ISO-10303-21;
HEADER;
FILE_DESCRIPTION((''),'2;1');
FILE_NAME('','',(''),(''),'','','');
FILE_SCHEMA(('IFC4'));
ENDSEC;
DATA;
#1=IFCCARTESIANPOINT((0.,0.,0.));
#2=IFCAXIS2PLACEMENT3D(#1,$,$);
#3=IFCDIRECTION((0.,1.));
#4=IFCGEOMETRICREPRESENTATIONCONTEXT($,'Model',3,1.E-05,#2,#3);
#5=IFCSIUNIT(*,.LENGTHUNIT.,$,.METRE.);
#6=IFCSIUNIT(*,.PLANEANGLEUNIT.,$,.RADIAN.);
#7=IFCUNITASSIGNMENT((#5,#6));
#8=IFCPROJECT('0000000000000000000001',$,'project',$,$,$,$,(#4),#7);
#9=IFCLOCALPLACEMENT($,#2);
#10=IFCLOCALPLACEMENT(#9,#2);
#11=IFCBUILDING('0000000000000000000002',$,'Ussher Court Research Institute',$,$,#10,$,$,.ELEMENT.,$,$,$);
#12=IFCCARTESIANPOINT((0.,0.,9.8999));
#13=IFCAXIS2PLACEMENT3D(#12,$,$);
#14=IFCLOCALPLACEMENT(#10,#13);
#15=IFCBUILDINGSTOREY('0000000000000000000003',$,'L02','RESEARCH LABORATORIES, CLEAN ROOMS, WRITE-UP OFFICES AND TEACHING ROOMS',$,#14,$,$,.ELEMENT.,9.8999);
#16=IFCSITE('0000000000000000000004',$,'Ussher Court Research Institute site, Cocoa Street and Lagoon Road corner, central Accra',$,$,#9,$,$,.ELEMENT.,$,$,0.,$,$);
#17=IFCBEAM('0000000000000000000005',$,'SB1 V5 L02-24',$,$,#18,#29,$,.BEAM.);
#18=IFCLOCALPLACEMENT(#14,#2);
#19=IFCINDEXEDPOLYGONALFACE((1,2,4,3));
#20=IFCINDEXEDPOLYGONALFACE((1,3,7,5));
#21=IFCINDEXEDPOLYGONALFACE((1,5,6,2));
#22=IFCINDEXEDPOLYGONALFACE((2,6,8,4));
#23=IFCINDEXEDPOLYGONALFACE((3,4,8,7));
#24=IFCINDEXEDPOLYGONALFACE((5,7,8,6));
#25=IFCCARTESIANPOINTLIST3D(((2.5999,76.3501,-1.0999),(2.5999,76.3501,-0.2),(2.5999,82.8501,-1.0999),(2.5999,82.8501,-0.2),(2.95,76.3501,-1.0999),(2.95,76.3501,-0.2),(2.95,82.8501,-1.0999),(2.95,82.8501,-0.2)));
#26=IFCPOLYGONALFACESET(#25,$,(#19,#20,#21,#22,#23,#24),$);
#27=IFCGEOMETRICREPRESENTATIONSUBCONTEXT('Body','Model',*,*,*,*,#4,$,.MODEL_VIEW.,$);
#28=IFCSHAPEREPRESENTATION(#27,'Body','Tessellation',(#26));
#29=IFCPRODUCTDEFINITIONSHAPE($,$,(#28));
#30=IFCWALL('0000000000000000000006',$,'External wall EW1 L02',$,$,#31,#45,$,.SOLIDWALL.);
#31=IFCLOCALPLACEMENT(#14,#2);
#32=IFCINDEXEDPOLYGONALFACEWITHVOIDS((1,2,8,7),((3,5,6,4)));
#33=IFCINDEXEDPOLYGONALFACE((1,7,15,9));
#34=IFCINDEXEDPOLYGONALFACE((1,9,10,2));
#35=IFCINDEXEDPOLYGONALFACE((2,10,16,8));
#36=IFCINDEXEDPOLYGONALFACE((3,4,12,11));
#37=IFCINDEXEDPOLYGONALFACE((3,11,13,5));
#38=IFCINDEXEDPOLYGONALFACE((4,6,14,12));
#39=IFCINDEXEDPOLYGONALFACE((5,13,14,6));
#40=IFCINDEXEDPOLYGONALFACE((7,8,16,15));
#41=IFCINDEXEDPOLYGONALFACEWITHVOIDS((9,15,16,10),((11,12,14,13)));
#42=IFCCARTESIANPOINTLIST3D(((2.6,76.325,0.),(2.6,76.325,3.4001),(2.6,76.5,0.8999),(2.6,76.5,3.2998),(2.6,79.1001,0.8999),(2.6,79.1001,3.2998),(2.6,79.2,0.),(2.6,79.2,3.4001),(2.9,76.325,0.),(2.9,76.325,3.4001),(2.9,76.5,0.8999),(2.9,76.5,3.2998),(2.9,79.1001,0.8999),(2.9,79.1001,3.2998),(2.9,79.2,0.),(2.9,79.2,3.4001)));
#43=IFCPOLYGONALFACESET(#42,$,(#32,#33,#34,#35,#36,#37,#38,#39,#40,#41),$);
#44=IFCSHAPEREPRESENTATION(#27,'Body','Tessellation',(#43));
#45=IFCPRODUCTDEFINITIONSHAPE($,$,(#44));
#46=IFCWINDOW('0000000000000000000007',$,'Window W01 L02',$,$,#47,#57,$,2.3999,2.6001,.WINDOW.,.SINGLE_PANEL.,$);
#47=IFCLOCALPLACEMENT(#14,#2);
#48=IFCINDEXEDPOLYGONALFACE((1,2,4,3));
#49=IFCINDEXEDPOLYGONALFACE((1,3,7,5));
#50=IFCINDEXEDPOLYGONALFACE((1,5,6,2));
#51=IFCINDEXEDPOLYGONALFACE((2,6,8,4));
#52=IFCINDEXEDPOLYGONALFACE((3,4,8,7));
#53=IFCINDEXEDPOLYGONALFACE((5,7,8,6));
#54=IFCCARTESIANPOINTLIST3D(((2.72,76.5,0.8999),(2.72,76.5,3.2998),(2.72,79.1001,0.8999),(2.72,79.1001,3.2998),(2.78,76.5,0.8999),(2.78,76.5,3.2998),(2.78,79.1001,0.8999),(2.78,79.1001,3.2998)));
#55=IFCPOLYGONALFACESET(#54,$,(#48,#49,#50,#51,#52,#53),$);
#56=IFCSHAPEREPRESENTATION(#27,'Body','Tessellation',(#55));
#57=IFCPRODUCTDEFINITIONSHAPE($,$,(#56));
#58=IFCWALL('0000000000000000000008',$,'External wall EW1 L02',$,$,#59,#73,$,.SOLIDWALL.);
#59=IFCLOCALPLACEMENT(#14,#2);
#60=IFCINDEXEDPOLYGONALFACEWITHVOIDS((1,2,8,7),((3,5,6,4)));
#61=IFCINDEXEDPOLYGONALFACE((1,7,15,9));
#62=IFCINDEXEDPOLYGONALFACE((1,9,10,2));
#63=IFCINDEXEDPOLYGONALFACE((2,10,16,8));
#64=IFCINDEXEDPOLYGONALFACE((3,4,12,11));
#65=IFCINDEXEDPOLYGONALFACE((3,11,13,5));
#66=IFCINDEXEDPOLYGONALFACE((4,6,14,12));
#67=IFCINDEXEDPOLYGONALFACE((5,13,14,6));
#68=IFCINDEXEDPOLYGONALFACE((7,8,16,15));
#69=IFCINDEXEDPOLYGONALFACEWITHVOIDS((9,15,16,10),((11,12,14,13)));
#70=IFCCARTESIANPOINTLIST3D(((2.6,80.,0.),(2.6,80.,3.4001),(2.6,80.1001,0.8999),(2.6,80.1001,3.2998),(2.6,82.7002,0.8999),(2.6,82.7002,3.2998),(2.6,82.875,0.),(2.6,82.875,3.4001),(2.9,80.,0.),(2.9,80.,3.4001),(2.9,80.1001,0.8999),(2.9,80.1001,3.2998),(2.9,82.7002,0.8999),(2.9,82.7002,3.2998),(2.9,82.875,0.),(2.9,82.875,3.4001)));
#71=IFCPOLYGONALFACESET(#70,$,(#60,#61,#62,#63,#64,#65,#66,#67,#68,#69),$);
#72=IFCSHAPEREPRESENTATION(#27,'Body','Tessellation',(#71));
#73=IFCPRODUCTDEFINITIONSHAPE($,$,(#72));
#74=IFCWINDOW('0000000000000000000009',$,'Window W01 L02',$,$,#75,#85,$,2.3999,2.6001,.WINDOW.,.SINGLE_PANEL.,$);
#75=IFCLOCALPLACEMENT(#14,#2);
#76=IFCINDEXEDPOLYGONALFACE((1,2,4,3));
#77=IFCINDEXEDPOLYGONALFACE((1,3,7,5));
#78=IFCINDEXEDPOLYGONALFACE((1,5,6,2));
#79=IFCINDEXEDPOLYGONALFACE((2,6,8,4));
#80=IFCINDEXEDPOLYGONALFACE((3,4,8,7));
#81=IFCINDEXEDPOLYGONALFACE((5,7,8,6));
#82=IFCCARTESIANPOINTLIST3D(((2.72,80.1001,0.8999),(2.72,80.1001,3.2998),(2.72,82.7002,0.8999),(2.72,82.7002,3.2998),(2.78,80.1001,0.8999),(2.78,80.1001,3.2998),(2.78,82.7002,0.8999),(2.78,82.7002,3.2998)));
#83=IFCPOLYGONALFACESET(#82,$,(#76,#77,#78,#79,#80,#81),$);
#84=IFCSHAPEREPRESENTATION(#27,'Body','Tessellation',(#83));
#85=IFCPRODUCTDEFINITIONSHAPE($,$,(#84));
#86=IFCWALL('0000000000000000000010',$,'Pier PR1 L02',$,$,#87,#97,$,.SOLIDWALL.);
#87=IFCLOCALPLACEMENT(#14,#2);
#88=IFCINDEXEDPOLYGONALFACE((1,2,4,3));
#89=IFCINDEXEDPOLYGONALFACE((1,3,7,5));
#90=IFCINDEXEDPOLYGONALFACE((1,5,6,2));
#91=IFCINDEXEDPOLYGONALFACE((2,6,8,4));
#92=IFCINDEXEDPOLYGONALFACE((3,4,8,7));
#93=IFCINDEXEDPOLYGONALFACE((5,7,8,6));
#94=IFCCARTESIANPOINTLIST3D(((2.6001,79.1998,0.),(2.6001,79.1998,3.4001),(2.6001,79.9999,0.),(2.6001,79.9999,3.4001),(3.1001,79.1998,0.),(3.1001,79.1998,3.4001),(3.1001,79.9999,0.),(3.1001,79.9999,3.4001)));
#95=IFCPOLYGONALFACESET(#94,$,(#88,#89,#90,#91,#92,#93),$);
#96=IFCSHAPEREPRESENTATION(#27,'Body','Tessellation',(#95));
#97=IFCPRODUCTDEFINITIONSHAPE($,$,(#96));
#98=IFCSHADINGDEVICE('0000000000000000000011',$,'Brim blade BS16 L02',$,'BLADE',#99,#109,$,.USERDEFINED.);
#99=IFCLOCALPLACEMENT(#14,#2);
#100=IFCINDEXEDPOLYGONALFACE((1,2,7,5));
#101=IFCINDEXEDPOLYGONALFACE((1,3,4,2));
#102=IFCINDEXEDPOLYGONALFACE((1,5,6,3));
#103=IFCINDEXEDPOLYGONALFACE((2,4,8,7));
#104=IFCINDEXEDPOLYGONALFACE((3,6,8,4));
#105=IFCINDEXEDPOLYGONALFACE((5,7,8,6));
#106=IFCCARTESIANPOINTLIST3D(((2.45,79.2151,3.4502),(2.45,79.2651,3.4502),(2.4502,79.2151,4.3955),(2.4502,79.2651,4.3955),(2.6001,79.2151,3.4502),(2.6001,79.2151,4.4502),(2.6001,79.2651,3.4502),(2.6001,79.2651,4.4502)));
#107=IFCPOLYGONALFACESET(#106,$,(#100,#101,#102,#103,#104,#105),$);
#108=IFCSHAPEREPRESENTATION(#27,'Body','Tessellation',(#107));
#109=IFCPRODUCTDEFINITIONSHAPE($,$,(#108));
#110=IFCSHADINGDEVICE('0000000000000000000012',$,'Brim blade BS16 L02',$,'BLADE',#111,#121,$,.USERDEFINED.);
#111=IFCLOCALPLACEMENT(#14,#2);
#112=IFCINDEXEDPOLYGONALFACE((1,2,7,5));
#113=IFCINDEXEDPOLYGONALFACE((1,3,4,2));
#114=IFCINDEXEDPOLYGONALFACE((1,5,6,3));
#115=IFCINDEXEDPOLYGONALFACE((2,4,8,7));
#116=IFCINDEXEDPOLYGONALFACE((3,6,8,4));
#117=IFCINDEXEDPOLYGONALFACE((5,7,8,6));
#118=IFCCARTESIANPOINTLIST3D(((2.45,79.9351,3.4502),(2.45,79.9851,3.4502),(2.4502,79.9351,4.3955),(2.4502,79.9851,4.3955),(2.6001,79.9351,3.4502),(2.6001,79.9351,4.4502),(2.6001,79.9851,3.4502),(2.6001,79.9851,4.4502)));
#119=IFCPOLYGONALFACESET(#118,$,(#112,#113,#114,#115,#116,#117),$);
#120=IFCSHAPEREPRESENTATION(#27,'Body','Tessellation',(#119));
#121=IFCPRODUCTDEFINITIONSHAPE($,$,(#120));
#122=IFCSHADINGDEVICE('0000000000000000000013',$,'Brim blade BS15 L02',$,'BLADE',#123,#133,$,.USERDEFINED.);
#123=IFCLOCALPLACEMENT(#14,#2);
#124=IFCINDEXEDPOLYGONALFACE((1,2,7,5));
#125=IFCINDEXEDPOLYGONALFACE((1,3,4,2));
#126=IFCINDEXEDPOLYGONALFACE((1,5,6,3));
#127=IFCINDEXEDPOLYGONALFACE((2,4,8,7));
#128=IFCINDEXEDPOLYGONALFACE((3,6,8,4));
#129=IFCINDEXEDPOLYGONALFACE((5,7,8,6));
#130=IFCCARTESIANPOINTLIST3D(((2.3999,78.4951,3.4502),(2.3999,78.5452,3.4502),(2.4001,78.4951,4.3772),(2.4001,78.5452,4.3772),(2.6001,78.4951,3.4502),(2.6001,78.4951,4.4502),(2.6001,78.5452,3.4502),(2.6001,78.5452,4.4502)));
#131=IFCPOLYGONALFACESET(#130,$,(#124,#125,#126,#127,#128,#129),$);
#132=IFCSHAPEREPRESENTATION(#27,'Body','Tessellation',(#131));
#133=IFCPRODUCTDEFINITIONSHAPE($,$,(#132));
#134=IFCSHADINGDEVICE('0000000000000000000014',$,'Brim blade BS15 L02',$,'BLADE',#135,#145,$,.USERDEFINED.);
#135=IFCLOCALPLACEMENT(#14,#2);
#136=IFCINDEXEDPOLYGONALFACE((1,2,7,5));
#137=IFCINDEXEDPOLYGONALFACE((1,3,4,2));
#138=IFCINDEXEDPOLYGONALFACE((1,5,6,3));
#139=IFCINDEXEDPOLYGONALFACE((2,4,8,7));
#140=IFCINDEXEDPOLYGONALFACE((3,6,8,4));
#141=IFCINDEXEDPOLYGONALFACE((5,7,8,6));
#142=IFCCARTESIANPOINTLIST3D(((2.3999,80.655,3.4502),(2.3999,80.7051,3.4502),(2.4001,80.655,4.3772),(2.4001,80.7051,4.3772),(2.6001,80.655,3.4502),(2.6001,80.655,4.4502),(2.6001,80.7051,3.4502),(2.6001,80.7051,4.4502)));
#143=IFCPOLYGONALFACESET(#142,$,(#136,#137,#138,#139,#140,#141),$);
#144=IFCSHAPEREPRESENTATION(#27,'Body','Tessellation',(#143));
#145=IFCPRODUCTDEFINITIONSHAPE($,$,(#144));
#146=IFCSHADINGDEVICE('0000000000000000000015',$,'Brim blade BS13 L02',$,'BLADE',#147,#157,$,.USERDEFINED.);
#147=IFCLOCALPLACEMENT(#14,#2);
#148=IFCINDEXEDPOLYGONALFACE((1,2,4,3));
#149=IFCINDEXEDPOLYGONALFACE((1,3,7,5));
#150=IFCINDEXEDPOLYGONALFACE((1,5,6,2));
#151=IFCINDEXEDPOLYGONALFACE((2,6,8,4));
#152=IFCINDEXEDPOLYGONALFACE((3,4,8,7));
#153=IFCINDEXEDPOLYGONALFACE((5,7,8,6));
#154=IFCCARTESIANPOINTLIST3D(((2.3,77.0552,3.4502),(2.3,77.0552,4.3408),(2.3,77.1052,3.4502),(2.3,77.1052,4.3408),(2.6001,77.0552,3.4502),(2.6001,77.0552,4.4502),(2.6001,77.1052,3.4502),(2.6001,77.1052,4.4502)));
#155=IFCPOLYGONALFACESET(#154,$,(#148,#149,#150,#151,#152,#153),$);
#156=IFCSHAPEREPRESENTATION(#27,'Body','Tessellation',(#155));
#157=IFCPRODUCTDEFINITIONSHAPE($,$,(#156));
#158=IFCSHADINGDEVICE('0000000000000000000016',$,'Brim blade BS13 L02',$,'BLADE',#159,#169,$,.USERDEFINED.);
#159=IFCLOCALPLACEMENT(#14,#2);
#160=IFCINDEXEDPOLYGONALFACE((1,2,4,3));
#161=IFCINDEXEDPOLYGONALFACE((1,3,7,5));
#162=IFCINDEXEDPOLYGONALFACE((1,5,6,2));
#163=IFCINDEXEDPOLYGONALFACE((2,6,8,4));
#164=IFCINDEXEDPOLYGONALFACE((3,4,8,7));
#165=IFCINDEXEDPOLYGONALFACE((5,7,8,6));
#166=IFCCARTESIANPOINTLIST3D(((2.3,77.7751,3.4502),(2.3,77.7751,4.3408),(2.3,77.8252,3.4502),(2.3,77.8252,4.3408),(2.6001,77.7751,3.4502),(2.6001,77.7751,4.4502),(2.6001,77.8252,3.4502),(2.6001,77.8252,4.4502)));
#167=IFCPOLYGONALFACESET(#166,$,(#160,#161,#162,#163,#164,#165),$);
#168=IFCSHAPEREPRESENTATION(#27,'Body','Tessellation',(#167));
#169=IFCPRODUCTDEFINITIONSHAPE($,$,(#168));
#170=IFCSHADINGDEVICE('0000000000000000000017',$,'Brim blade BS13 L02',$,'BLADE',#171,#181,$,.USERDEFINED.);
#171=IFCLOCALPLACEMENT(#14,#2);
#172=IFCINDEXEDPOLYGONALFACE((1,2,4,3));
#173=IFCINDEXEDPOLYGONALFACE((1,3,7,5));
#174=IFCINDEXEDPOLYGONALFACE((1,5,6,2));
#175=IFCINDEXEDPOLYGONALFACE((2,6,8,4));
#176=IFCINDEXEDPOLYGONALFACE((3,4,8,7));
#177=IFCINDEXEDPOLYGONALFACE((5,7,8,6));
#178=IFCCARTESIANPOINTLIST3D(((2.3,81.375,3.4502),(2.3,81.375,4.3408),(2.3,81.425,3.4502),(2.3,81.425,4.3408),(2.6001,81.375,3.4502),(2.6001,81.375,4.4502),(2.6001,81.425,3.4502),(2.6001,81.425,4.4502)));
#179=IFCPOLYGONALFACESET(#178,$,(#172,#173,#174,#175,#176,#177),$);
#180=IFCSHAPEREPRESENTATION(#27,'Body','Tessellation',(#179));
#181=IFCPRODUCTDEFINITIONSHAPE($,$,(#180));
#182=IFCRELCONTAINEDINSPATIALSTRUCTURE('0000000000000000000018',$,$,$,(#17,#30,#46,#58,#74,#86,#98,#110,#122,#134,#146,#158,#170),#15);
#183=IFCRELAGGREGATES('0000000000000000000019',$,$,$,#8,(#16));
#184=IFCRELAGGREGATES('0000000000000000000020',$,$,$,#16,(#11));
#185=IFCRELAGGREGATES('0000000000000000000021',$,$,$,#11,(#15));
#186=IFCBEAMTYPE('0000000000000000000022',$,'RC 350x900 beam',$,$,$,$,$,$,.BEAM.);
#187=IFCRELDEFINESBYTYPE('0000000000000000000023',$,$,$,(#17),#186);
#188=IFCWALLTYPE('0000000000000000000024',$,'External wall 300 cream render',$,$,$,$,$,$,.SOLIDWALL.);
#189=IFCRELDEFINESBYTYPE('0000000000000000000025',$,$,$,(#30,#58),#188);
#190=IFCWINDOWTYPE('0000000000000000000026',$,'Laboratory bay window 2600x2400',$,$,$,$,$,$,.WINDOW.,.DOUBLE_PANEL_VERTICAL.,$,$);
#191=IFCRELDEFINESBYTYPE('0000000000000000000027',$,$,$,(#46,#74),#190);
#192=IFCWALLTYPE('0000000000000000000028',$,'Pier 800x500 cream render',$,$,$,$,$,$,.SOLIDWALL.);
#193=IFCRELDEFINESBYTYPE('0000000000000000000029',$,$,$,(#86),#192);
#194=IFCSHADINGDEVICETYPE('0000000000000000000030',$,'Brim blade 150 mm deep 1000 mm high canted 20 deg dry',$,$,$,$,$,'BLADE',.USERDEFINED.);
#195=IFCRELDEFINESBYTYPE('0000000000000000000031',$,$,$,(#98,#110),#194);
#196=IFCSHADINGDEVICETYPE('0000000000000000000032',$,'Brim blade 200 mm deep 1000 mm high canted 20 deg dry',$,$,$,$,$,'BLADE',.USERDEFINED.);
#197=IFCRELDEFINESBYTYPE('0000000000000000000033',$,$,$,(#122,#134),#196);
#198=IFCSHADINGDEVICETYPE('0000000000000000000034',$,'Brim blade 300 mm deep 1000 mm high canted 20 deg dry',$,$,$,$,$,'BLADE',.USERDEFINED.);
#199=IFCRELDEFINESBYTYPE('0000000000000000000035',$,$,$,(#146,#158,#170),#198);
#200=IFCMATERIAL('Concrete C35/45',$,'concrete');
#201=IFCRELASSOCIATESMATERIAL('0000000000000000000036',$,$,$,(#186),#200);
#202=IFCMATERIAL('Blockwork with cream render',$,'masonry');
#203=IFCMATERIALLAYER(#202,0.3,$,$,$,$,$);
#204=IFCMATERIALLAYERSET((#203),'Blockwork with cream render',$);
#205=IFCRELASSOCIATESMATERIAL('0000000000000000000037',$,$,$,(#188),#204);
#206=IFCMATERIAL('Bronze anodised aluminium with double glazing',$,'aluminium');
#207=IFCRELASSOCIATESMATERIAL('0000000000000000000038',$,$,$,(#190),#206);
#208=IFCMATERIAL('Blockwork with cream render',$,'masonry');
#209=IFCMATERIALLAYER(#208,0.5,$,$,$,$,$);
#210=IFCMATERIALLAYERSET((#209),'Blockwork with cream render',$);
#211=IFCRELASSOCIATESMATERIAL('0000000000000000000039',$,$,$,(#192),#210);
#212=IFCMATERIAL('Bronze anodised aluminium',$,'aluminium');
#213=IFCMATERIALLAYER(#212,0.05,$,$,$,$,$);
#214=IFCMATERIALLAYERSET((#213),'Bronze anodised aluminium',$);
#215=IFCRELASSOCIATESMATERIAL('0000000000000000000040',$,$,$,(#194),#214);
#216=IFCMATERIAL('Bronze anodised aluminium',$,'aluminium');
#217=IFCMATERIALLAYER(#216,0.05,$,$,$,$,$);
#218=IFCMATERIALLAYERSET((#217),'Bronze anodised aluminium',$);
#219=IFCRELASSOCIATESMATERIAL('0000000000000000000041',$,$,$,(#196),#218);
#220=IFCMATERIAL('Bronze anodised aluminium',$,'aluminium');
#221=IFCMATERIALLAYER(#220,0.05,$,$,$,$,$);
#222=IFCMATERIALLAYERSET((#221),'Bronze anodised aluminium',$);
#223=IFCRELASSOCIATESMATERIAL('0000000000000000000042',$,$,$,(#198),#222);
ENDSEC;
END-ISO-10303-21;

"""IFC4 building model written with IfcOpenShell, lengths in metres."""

from ifc_helpers import new_model, si_unit, direction, frame, frame_2d, origin, origin_2d, place, context, subcontext, project, spatial, polyline, rectangle, outline, extrude, material, layer, layer_set, material_profile, profile_set, type_object, element, fill, save


model = new_model("IFC4")

# Units and contexts
model_context = context("Model", 3, precision=1e-05, world=origin(), true_north=direction((0.0, 1.0)))
body_context = subcontext(model_context, "Body", "Model", "MODEL_VIEW")
ifc_project = project(units=[si_unit("LENGTHUNIT", "METRE"), si_unit("PLANEANGLEUNIT", "RADIAN")], contexts=[model_context])

# Site, building, storey
site_placement = place(None, origin())
site = spatial("IfcSite", under=ifc_project, at=site_placement, Name="Ussher Court Research Institute site, Cocoa Street and Lagoon Road corner, central Accra", CompositionType="ELEMENT", RefElevation=0.0)
building_placement = place(site_placement, origin())
building = spatial("IfcBuilding", under=site, at=building_placement, Name="Ussher Court Research Institute", CompositionType="ELEMENT")
storey_placement = place(building_placement, frame((0.0, 0.0, 9.8999)))
storey = spatial("IfcBuildingStorey", under=building, at=storey_placement, Name="L02", Description="RESEARCH LABORATORIES, CLEAN ROOMS, WRITE-UP OFFICES AND TEACHING ROOMS", CompositionType="ELEMENT", Elevation=9.8999)

# Beam
ifc_material_1 = material(Name="Concrete C35/45", Category="concrete")
ifc_material_profile = material_profile(ifc_material_1, rectangle(XDim=0.3501, YDim=0.8999, at=origin_2d()), Name="RC 350x900")
ifc_profile_set = profile_set([ifc_material_profile], Name="Concrete C35/45")
beam_type = type_object("IfcBeamType", Name="RC 350x900 beam", PredefinedType="BEAM", material=ifc_profile_set)
beam_placement = place(storey_placement, frame((2.7749, 76.3501, -0.6499), z_axis=(0.0, 1.0, 0.0), x_axis=(-1.0, 0.0, 0.0)))
element("IfcBeam", 1, at=beam_placement, inside=storey, type_object=beam_type, Name="SB1 V5 L02-24", PredefinedType="BEAM", context=body_context, shape_type="SweptSolid", body=[
    extrude(rectangle(XDim=0.3501, YDim=0.8999, at=origin_2d()), origin(), (0.0, 0.0, 1.0), 6.5),
])

# Walls, openings, windows
ifc_material_2 = material(Name="Blockwork with cream render", Category="masonry")
ifc_layer_1 = layer(ifc_material_2, 0.3)
ifc_layer_set_1 = layer_set([ifc_layer_1], Name="Blockwork with cream render")
wall_type_1 = type_object("IfcWallType", Name="External wall 300 cream render", PredefinedType="SOLIDWALL", material=ifc_layer_set_1)
wall_1_placement = place(storey_placement, frame((2.75, 76.325, 0.0), z_axis=(0.0, 0.0, 1.0), x_axis=(0.0, 1.0, 0.0)))
wall_1 = element("IfcWall", 2, at=wall_1_placement, inside=storey, type_object=wall_type_1, Name="External wall EW1 L02", PredefinedType="SOLIDWALL", context=body_context, shape_type="SweptSolid", body=[
    extrude(rectangle(XDim=2.875, YDim=0.3, at=frame_2d((1.4375, 0.0))), origin(), (0.0, 0.0, 1.0), 3.4001),
])
opening_1_placement = place(wall_1_placement, frame((0.175, 0.0, 0.8999)))
opening_1 = element("IfcOpeningElement", 3, at=opening_1_placement, cuts=wall_1, PredefinedType="OPENING", context=body_context, shape_type="SweptSolid", body=[
    extrude(rectangle(XDim=2.6001, YDim=2.3999, at=frame_2d((1.3, 1.2))), frame((0.0, 0.1602, 0.0), z_axis=(0.0, -1.0, 0.0), x_axis=(1.0, 0.0, 0.0)), (0.0, 0.0, 1.0), 0.3201),
])
ifc_material_3 = material(Name="Bronze anodised aluminium with double glazing", Category="aluminium")
window_type = type_object("IfcWindowType", Name="Laboratory bay window 2600x2400", PartitioningType="DOUBLE_PANEL_VERTICAL", PredefinedType="WINDOW", material=ifc_material_3)
window_1_placement = place(opening_1_placement, origin())
window_1 = element("IfcWindow", 4, at=window_1_placement, inside=storey, type_object=window_type, Name="Window W01 L02", OverallHeight=2.3999, OverallWidth=2.6001, PartitioningType="SINGLE_PANEL", PredefinedType="WINDOW", context=body_context, shape_type="SweptSolid", body=[
    extrude(rectangle(XDim=2.6001, YDim=2.3999, at=frame_2d((1.3, 1.2))), frame((0.0, 0.03, 0.0), z_axis=(0.0, -1.0, 0.0), x_axis=(1.0, 0.0, 0.0)), (0.0, 0.0, 1.0), 0.0601),
])
fill(opening_1, window_1)
wall_2_placement = place(storey_placement, frame((2.75, 80.0, 0.0), z_axis=(0.0, 0.0, 1.0), x_axis=(0.0, 1.0, 0.0)))
wall_2 = element("IfcWall", 5, at=wall_2_placement, inside=storey, type_object=wall_type_1, Name="External wall EW1 L02", PredefinedType="SOLIDWALL", context=body_context, shape_type="SweptSolid", body=[
    extrude(rectangle(XDim=2.875, YDim=0.3, at=frame_2d((1.4375, 0.0))), origin(), (0.0, 0.0, 1.0), 3.4001),
])
opening_2_placement = place(wall_2_placement, frame((0.1001, 0.0, 0.8999)))
opening_2 = element("IfcOpeningElement", 6, at=opening_2_placement, cuts=wall_2, PredefinedType="OPENING", context=body_context, shape_type="SweptSolid", body=[
    extrude(rectangle(XDim=2.6001, YDim=2.3999, at=frame_2d((1.3, 1.2))), frame((0.0, 0.1602, 0.0), z_axis=(0.0, -1.0, 0.0), x_axis=(1.0, 0.0, 0.0)), (0.0, 0.0, 1.0), 0.3201),
])
window_2_placement = place(opening_2_placement, origin())
window_2 = element("IfcWindow", 7, at=window_2_placement, inside=storey, type_object=window_type, Name="Window W01 L02", OverallHeight=2.3999, OverallWidth=2.6001, PartitioningType="SINGLE_PANEL", PredefinedType="WINDOW", context=body_context, shape_type="SweptSolid", body=[
    extrude(rectangle(XDim=2.6001, YDim=2.3999, at=frame_2d((1.3, 1.2))), frame((0.0, 0.03, 0.0), z_axis=(0.0, -1.0, 0.0), x_axis=(1.0, 0.0, 0.0)), (0.0, 0.0, 1.0), 0.0601),
])
fill(opening_2, window_2)

# Wall
ifc_material_4 = material(Name="Blockwork with cream render", Category="masonry")
ifc_layer_2 = layer(ifc_material_4, 0.5)
ifc_layer_set_2 = layer_set([ifc_layer_2], Name="Blockwork with cream render")
wall_type_2 = type_object("IfcWallType", Name="Pier 800x500 cream render", PredefinedType="SOLIDWALL", material=ifc_layer_set_2)
wall_3_placement = place(storey_placement, frame((2.8501, 79.2, 0.0), z_axis=(0.0, 0.0, 1.0), x_axis=(0.0, 1.0, 0.0)))
element("IfcWall", 8, at=wall_3_placement, inside=storey, type_object=wall_type_2, Name="Pier PR1 L02", PredefinedType="SOLIDWALL", context=body_context, shape_type="SweptSolid", body=[
    extrude(rectangle(XDim=0.8, YDim=0.5, at=frame_2d((0.3999, 0.0))), origin(), (0.0, 0.0, 1.0), 3.4001),
])

# Shading devices
ifc_material_5 = material(Name="Bronze anodised aluminium", Category="aluminium")
ifc_layer_3 = layer(ifc_material_5, 0.05)
ifc_layer_set_3 = layer_set([ifc_layer_3], Name="Bronze anodised aluminium")
shading_device_type_1 = type_object("IfcShadingDeviceType", Name="Brim blade 150 mm deep 1000 mm high canted 20 deg dry", ElementType="BLADE", PredefinedType="USERDEFINED", material=ifc_layer_set_3)
for number, where, z_axis, x_axis, name in (
    (9, (2.6001, 79.24, 3.4502), (0.0, 0.0, 1.0), (-1.0, 0.0, 0.0), "Brim blade BS16 L02"),
    (10, (2.6001, 79.96, 3.4502), (0.0, 0.0, 1.0), (-1.0, 0.0, 0.0), "Brim blade BS16 L02"),
):
    element("IfcShadingDevice", number, at=place(storey_placement, frame(where, z_axis=z_axis, x_axis=x_axis)), inside=storey, type_object=shading_device_type_1, Name=name, ObjectType="BLADE", PredefinedType="USERDEFINED", context=body_context, shape_type="SweptSolid", body=[
        extrude(outline(polyline([(0.0, 0.0), (0.1501, 0.0), (0.1499, 0.9453), (0.0, 1.0), (0.0, 0.0)])), frame((0.0, 0.0249, 0.0), z_axis=(0.0, -1.0, 0.0), x_axis=(1.0, 0.0, 0.0)), (0.0, 0.0, 1.0), 0.05),
    ])
ifc_material_6 = material(Name="Bronze anodised aluminium", Category="aluminium")
ifc_layer_4 = layer(ifc_material_6, 0.05)
ifc_layer_set_4 = layer_set([ifc_layer_4], Name="Bronze anodised aluminium")
shading_device_type_2 = type_object("IfcShadingDeviceType", Name="Brim blade 200 mm deep 1000 mm high canted 20 deg dry", ElementType="BLADE", PredefinedType="USERDEFINED", material=ifc_layer_set_4)
for number, where, z_axis, x_axis, name in (
    (11, (2.6001, 78.52, 3.4502), (0.0, 0.0, 1.0), (-1.0, 0.0, 0.0), "Brim blade BS15 L02"),
    (12, (2.6001, 80.6799, 3.4502), (0.0, 0.0, 1.0), (-1.0, 0.0, 0.0), "Brim blade BS15 L02"),
):
    element("IfcShadingDevice", number, at=place(storey_placement, frame(where, z_axis=z_axis, x_axis=x_axis)), inside=storey, type_object=shading_device_type_2, Name=name, ObjectType="BLADE", PredefinedType="USERDEFINED", context=body_context, shape_type="SweptSolid", body=[
        extrude(outline(polyline([(0.0, 0.0), (0.2002, 0.0), (0.2, 0.927), (0.0, 1.0), (0.0, 0.0)])), frame((0.0, 0.0249, 0.0), z_axis=(0.0, -1.0, 0.0), x_axis=(1.0, 0.0, 0.0)), (0.0, 0.0, 1.0), 0.05),
    ])
ifc_material_7 = material(Name="Bronze anodised aluminium", Category="aluminium")
ifc_layer_5 = layer(ifc_material_7, 0.05)
ifc_layer_set_5 = layer_set([ifc_layer_5], Name="Bronze anodised aluminium")
shading_device_type_3 = type_object("IfcShadingDeviceType", Name="Brim blade 300 mm deep 1000 mm high canted 20 deg dry", ElementType="BLADE", PredefinedType="USERDEFINED", material=ifc_layer_set_5)
for number, where, z_axis, x_axis, name in (
    (13, (2.6001, 77.0801, 3.4502), (0.0, 0.0, 1.0), (-1.0, 0.0, 0.0), "Brim blade BS13 L02"),
    (14, (2.6001, 77.8, 3.4502), (0.0, 0.0, 1.0), (-1.0, 0.0, 0.0), "Brim blade BS13 L02"),
    (15, (2.6001, 81.3999, 3.4502), (0.0, 0.0, 1.0), (-1.0, 0.0, 0.0), "Brim blade BS13 L02"),
):
    element("IfcShadingDevice", number, at=place(storey_placement, frame(where, z_axis=z_axis, x_axis=x_axis)), inside=storey, type_object=shading_device_type_3, Name=name, ObjectType="BLADE", PredefinedType="USERDEFINED", context=body_context, shape_type="SweptSolid", body=[
        extrude(outline(polyline([(0.0, 0.0), (0.3, 0.0), (0.3, 0.8906), (0.0, 1.0), (0.0, 0.0)])), frame((0.0, 0.0249, 0.0), z_axis=(0.0, -1.0, 0.0), x_axis=(1.0, 0.0, 0.0)), (0.0, 0.0, 1.0), 0.05),
    ])

save(model, "model.ifc")
